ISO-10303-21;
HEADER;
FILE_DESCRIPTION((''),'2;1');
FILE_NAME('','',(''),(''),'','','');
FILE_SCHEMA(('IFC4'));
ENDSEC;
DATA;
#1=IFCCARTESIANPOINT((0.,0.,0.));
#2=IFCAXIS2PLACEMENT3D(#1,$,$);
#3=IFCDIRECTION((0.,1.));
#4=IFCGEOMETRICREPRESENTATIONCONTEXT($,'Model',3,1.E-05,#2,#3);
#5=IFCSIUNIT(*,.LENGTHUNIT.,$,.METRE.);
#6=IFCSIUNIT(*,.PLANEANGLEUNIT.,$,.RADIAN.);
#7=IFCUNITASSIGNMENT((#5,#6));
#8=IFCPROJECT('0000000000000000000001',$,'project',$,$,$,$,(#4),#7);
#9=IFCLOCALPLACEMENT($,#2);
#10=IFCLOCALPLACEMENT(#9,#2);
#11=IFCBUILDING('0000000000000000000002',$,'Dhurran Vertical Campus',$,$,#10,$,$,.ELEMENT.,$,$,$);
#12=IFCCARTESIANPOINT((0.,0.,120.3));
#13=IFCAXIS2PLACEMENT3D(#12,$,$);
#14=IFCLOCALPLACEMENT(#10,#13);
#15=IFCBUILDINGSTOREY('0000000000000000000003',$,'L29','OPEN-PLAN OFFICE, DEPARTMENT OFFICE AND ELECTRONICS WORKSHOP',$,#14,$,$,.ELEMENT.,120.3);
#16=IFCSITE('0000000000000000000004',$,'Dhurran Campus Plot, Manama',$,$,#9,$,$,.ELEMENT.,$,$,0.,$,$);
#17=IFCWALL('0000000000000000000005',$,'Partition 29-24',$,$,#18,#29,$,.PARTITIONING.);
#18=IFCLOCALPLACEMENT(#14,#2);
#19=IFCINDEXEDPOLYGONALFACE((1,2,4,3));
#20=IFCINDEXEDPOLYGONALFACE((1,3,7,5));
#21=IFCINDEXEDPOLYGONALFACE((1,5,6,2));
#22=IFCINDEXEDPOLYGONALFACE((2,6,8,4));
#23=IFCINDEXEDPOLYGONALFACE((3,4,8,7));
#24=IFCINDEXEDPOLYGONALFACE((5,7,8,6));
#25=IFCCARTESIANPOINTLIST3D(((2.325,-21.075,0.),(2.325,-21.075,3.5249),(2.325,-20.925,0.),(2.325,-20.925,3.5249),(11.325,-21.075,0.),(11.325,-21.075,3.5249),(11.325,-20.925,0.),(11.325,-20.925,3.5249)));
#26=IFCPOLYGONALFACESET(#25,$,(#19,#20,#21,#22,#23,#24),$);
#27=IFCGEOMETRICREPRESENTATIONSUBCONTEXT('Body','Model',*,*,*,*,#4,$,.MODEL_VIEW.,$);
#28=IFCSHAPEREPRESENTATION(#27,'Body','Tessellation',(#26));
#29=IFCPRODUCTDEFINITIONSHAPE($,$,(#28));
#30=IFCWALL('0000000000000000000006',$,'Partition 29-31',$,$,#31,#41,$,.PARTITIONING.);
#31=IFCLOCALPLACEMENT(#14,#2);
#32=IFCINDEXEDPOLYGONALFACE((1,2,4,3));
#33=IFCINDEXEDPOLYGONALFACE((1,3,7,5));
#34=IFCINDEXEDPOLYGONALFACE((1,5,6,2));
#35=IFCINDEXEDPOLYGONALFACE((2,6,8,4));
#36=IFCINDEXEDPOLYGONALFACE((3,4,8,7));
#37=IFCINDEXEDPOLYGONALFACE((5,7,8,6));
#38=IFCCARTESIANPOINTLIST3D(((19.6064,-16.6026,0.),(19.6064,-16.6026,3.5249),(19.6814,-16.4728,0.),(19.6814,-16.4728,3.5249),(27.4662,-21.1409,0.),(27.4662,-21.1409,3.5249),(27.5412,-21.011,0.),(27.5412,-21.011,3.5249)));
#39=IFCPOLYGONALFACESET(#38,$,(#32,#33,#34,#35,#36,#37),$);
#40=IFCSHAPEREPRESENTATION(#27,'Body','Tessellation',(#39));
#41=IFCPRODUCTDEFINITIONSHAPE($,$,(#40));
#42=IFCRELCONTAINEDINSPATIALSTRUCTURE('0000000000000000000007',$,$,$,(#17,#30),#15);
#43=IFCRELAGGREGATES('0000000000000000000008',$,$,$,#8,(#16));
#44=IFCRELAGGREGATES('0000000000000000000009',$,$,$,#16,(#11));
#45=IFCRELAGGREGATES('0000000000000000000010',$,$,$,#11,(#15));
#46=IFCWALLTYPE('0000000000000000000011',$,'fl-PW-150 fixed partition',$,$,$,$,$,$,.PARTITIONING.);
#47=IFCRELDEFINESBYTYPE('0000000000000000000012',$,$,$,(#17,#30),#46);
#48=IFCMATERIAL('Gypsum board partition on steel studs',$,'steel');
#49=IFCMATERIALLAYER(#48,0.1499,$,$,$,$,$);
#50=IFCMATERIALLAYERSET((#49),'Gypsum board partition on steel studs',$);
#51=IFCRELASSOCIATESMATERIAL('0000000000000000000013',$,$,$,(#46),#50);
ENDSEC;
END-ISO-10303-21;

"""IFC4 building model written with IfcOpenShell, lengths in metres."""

from ifc_helpers import new_model, si_unit, direction, frame, frame_2d, origin, place, context, subcontext, project, spatial, rectangle, extrude, material, layer, layer_set, type_object, element, save


model = new_model("IFC4")

# Units and contexts
model_context = context("Model", 3, precision=1e-05, world=origin(), true_north=direction((0.0, 1.0)))
body_context = subcontext(model_context, "Body", "Model", "MODEL_VIEW")
ifc_project = project(units=[si_unit("LENGTHUNIT", "METRE"), si_unit("PLANEANGLEUNIT", "RADIAN")], contexts=[model_context])

# Site, building, storey
site_placement = place(None, origin())
site = spatial("IfcSite", under=ifc_project, at=site_placement, Name="Dhurran Campus Plot, Manama", CompositionType="ELEMENT", RefElevation=0.0)
building_placement = place(site_placement, origin())
building = spatial("IfcBuilding", under=site, at=building_placement, Name="Dhurran Vertical Campus", CompositionType="ELEMENT")
storey_placement = place(building_placement, frame((0.0, 0.0, 120.3)))
storey = spatial("IfcBuildingStorey", under=building, at=storey_placement, Name="L29", Description="OPEN-PLAN OFFICE, DEPARTMENT OFFICE AND ELECTRONICS WORKSHOP", CompositionType="ELEMENT", Elevation=120.3)

# Walls
ifc_material_1 = material(Name="Gypsum board partition on steel studs", Category="steel")
ifc_layer_1 = layer(ifc_material_1, 0.1499)
ifc_layer_set_1 = layer_set([ifc_layer_1], Name="Gypsum board partition on steel studs")
wall_type_1 = type_object("IfcWallType", Name="fl-PW-150 fixed partition", PredefinedType="PARTITIONING", material=ifc_layer_set_1)
wall_1_placement = place(storey_placement, frame((11.325, -21.0, 0.0), z_axis=(0.0, 0.0, 1.0), x_axis=(-1.0, 0.0, 0.0)))
element("IfcWall", 1, at=wall_1_placement, inside=storey, type_object=wall_type_1, Name="Partition 29-24", PredefinedType="PARTITIONING", context=body_context, shape_type="SweptSolid", body=[
    extrude(rectangle(XDim=9.0, YDim=0.1499, at=frame_2d((4.5, 0.0))), origin(), (0.0, 0.0, 1.0), 3.5249),
])
wall_2_placement = place(storey_placement, frame((19.6438, -16.5376, 0.0), z_axis=(0.0, 0.0, 1.0), x_axis=(0.866005, -0.500036, 0.0)))
element("IfcWall", 2, at=wall_2_placement, inside=storey, type_object=wall_type_1, Name="Partition 29-31", PredefinedType="PARTITIONING", context=body_context, shape_type="SweptSolid", body=[
    extrude(rectangle(XDim=9.0759, YDim=0.1499, at=frame_2d((4.5381, 0.0))), origin(), (0.0, 0.0, 1.0), 3.5249),
])

save(model, "model.ifc")
